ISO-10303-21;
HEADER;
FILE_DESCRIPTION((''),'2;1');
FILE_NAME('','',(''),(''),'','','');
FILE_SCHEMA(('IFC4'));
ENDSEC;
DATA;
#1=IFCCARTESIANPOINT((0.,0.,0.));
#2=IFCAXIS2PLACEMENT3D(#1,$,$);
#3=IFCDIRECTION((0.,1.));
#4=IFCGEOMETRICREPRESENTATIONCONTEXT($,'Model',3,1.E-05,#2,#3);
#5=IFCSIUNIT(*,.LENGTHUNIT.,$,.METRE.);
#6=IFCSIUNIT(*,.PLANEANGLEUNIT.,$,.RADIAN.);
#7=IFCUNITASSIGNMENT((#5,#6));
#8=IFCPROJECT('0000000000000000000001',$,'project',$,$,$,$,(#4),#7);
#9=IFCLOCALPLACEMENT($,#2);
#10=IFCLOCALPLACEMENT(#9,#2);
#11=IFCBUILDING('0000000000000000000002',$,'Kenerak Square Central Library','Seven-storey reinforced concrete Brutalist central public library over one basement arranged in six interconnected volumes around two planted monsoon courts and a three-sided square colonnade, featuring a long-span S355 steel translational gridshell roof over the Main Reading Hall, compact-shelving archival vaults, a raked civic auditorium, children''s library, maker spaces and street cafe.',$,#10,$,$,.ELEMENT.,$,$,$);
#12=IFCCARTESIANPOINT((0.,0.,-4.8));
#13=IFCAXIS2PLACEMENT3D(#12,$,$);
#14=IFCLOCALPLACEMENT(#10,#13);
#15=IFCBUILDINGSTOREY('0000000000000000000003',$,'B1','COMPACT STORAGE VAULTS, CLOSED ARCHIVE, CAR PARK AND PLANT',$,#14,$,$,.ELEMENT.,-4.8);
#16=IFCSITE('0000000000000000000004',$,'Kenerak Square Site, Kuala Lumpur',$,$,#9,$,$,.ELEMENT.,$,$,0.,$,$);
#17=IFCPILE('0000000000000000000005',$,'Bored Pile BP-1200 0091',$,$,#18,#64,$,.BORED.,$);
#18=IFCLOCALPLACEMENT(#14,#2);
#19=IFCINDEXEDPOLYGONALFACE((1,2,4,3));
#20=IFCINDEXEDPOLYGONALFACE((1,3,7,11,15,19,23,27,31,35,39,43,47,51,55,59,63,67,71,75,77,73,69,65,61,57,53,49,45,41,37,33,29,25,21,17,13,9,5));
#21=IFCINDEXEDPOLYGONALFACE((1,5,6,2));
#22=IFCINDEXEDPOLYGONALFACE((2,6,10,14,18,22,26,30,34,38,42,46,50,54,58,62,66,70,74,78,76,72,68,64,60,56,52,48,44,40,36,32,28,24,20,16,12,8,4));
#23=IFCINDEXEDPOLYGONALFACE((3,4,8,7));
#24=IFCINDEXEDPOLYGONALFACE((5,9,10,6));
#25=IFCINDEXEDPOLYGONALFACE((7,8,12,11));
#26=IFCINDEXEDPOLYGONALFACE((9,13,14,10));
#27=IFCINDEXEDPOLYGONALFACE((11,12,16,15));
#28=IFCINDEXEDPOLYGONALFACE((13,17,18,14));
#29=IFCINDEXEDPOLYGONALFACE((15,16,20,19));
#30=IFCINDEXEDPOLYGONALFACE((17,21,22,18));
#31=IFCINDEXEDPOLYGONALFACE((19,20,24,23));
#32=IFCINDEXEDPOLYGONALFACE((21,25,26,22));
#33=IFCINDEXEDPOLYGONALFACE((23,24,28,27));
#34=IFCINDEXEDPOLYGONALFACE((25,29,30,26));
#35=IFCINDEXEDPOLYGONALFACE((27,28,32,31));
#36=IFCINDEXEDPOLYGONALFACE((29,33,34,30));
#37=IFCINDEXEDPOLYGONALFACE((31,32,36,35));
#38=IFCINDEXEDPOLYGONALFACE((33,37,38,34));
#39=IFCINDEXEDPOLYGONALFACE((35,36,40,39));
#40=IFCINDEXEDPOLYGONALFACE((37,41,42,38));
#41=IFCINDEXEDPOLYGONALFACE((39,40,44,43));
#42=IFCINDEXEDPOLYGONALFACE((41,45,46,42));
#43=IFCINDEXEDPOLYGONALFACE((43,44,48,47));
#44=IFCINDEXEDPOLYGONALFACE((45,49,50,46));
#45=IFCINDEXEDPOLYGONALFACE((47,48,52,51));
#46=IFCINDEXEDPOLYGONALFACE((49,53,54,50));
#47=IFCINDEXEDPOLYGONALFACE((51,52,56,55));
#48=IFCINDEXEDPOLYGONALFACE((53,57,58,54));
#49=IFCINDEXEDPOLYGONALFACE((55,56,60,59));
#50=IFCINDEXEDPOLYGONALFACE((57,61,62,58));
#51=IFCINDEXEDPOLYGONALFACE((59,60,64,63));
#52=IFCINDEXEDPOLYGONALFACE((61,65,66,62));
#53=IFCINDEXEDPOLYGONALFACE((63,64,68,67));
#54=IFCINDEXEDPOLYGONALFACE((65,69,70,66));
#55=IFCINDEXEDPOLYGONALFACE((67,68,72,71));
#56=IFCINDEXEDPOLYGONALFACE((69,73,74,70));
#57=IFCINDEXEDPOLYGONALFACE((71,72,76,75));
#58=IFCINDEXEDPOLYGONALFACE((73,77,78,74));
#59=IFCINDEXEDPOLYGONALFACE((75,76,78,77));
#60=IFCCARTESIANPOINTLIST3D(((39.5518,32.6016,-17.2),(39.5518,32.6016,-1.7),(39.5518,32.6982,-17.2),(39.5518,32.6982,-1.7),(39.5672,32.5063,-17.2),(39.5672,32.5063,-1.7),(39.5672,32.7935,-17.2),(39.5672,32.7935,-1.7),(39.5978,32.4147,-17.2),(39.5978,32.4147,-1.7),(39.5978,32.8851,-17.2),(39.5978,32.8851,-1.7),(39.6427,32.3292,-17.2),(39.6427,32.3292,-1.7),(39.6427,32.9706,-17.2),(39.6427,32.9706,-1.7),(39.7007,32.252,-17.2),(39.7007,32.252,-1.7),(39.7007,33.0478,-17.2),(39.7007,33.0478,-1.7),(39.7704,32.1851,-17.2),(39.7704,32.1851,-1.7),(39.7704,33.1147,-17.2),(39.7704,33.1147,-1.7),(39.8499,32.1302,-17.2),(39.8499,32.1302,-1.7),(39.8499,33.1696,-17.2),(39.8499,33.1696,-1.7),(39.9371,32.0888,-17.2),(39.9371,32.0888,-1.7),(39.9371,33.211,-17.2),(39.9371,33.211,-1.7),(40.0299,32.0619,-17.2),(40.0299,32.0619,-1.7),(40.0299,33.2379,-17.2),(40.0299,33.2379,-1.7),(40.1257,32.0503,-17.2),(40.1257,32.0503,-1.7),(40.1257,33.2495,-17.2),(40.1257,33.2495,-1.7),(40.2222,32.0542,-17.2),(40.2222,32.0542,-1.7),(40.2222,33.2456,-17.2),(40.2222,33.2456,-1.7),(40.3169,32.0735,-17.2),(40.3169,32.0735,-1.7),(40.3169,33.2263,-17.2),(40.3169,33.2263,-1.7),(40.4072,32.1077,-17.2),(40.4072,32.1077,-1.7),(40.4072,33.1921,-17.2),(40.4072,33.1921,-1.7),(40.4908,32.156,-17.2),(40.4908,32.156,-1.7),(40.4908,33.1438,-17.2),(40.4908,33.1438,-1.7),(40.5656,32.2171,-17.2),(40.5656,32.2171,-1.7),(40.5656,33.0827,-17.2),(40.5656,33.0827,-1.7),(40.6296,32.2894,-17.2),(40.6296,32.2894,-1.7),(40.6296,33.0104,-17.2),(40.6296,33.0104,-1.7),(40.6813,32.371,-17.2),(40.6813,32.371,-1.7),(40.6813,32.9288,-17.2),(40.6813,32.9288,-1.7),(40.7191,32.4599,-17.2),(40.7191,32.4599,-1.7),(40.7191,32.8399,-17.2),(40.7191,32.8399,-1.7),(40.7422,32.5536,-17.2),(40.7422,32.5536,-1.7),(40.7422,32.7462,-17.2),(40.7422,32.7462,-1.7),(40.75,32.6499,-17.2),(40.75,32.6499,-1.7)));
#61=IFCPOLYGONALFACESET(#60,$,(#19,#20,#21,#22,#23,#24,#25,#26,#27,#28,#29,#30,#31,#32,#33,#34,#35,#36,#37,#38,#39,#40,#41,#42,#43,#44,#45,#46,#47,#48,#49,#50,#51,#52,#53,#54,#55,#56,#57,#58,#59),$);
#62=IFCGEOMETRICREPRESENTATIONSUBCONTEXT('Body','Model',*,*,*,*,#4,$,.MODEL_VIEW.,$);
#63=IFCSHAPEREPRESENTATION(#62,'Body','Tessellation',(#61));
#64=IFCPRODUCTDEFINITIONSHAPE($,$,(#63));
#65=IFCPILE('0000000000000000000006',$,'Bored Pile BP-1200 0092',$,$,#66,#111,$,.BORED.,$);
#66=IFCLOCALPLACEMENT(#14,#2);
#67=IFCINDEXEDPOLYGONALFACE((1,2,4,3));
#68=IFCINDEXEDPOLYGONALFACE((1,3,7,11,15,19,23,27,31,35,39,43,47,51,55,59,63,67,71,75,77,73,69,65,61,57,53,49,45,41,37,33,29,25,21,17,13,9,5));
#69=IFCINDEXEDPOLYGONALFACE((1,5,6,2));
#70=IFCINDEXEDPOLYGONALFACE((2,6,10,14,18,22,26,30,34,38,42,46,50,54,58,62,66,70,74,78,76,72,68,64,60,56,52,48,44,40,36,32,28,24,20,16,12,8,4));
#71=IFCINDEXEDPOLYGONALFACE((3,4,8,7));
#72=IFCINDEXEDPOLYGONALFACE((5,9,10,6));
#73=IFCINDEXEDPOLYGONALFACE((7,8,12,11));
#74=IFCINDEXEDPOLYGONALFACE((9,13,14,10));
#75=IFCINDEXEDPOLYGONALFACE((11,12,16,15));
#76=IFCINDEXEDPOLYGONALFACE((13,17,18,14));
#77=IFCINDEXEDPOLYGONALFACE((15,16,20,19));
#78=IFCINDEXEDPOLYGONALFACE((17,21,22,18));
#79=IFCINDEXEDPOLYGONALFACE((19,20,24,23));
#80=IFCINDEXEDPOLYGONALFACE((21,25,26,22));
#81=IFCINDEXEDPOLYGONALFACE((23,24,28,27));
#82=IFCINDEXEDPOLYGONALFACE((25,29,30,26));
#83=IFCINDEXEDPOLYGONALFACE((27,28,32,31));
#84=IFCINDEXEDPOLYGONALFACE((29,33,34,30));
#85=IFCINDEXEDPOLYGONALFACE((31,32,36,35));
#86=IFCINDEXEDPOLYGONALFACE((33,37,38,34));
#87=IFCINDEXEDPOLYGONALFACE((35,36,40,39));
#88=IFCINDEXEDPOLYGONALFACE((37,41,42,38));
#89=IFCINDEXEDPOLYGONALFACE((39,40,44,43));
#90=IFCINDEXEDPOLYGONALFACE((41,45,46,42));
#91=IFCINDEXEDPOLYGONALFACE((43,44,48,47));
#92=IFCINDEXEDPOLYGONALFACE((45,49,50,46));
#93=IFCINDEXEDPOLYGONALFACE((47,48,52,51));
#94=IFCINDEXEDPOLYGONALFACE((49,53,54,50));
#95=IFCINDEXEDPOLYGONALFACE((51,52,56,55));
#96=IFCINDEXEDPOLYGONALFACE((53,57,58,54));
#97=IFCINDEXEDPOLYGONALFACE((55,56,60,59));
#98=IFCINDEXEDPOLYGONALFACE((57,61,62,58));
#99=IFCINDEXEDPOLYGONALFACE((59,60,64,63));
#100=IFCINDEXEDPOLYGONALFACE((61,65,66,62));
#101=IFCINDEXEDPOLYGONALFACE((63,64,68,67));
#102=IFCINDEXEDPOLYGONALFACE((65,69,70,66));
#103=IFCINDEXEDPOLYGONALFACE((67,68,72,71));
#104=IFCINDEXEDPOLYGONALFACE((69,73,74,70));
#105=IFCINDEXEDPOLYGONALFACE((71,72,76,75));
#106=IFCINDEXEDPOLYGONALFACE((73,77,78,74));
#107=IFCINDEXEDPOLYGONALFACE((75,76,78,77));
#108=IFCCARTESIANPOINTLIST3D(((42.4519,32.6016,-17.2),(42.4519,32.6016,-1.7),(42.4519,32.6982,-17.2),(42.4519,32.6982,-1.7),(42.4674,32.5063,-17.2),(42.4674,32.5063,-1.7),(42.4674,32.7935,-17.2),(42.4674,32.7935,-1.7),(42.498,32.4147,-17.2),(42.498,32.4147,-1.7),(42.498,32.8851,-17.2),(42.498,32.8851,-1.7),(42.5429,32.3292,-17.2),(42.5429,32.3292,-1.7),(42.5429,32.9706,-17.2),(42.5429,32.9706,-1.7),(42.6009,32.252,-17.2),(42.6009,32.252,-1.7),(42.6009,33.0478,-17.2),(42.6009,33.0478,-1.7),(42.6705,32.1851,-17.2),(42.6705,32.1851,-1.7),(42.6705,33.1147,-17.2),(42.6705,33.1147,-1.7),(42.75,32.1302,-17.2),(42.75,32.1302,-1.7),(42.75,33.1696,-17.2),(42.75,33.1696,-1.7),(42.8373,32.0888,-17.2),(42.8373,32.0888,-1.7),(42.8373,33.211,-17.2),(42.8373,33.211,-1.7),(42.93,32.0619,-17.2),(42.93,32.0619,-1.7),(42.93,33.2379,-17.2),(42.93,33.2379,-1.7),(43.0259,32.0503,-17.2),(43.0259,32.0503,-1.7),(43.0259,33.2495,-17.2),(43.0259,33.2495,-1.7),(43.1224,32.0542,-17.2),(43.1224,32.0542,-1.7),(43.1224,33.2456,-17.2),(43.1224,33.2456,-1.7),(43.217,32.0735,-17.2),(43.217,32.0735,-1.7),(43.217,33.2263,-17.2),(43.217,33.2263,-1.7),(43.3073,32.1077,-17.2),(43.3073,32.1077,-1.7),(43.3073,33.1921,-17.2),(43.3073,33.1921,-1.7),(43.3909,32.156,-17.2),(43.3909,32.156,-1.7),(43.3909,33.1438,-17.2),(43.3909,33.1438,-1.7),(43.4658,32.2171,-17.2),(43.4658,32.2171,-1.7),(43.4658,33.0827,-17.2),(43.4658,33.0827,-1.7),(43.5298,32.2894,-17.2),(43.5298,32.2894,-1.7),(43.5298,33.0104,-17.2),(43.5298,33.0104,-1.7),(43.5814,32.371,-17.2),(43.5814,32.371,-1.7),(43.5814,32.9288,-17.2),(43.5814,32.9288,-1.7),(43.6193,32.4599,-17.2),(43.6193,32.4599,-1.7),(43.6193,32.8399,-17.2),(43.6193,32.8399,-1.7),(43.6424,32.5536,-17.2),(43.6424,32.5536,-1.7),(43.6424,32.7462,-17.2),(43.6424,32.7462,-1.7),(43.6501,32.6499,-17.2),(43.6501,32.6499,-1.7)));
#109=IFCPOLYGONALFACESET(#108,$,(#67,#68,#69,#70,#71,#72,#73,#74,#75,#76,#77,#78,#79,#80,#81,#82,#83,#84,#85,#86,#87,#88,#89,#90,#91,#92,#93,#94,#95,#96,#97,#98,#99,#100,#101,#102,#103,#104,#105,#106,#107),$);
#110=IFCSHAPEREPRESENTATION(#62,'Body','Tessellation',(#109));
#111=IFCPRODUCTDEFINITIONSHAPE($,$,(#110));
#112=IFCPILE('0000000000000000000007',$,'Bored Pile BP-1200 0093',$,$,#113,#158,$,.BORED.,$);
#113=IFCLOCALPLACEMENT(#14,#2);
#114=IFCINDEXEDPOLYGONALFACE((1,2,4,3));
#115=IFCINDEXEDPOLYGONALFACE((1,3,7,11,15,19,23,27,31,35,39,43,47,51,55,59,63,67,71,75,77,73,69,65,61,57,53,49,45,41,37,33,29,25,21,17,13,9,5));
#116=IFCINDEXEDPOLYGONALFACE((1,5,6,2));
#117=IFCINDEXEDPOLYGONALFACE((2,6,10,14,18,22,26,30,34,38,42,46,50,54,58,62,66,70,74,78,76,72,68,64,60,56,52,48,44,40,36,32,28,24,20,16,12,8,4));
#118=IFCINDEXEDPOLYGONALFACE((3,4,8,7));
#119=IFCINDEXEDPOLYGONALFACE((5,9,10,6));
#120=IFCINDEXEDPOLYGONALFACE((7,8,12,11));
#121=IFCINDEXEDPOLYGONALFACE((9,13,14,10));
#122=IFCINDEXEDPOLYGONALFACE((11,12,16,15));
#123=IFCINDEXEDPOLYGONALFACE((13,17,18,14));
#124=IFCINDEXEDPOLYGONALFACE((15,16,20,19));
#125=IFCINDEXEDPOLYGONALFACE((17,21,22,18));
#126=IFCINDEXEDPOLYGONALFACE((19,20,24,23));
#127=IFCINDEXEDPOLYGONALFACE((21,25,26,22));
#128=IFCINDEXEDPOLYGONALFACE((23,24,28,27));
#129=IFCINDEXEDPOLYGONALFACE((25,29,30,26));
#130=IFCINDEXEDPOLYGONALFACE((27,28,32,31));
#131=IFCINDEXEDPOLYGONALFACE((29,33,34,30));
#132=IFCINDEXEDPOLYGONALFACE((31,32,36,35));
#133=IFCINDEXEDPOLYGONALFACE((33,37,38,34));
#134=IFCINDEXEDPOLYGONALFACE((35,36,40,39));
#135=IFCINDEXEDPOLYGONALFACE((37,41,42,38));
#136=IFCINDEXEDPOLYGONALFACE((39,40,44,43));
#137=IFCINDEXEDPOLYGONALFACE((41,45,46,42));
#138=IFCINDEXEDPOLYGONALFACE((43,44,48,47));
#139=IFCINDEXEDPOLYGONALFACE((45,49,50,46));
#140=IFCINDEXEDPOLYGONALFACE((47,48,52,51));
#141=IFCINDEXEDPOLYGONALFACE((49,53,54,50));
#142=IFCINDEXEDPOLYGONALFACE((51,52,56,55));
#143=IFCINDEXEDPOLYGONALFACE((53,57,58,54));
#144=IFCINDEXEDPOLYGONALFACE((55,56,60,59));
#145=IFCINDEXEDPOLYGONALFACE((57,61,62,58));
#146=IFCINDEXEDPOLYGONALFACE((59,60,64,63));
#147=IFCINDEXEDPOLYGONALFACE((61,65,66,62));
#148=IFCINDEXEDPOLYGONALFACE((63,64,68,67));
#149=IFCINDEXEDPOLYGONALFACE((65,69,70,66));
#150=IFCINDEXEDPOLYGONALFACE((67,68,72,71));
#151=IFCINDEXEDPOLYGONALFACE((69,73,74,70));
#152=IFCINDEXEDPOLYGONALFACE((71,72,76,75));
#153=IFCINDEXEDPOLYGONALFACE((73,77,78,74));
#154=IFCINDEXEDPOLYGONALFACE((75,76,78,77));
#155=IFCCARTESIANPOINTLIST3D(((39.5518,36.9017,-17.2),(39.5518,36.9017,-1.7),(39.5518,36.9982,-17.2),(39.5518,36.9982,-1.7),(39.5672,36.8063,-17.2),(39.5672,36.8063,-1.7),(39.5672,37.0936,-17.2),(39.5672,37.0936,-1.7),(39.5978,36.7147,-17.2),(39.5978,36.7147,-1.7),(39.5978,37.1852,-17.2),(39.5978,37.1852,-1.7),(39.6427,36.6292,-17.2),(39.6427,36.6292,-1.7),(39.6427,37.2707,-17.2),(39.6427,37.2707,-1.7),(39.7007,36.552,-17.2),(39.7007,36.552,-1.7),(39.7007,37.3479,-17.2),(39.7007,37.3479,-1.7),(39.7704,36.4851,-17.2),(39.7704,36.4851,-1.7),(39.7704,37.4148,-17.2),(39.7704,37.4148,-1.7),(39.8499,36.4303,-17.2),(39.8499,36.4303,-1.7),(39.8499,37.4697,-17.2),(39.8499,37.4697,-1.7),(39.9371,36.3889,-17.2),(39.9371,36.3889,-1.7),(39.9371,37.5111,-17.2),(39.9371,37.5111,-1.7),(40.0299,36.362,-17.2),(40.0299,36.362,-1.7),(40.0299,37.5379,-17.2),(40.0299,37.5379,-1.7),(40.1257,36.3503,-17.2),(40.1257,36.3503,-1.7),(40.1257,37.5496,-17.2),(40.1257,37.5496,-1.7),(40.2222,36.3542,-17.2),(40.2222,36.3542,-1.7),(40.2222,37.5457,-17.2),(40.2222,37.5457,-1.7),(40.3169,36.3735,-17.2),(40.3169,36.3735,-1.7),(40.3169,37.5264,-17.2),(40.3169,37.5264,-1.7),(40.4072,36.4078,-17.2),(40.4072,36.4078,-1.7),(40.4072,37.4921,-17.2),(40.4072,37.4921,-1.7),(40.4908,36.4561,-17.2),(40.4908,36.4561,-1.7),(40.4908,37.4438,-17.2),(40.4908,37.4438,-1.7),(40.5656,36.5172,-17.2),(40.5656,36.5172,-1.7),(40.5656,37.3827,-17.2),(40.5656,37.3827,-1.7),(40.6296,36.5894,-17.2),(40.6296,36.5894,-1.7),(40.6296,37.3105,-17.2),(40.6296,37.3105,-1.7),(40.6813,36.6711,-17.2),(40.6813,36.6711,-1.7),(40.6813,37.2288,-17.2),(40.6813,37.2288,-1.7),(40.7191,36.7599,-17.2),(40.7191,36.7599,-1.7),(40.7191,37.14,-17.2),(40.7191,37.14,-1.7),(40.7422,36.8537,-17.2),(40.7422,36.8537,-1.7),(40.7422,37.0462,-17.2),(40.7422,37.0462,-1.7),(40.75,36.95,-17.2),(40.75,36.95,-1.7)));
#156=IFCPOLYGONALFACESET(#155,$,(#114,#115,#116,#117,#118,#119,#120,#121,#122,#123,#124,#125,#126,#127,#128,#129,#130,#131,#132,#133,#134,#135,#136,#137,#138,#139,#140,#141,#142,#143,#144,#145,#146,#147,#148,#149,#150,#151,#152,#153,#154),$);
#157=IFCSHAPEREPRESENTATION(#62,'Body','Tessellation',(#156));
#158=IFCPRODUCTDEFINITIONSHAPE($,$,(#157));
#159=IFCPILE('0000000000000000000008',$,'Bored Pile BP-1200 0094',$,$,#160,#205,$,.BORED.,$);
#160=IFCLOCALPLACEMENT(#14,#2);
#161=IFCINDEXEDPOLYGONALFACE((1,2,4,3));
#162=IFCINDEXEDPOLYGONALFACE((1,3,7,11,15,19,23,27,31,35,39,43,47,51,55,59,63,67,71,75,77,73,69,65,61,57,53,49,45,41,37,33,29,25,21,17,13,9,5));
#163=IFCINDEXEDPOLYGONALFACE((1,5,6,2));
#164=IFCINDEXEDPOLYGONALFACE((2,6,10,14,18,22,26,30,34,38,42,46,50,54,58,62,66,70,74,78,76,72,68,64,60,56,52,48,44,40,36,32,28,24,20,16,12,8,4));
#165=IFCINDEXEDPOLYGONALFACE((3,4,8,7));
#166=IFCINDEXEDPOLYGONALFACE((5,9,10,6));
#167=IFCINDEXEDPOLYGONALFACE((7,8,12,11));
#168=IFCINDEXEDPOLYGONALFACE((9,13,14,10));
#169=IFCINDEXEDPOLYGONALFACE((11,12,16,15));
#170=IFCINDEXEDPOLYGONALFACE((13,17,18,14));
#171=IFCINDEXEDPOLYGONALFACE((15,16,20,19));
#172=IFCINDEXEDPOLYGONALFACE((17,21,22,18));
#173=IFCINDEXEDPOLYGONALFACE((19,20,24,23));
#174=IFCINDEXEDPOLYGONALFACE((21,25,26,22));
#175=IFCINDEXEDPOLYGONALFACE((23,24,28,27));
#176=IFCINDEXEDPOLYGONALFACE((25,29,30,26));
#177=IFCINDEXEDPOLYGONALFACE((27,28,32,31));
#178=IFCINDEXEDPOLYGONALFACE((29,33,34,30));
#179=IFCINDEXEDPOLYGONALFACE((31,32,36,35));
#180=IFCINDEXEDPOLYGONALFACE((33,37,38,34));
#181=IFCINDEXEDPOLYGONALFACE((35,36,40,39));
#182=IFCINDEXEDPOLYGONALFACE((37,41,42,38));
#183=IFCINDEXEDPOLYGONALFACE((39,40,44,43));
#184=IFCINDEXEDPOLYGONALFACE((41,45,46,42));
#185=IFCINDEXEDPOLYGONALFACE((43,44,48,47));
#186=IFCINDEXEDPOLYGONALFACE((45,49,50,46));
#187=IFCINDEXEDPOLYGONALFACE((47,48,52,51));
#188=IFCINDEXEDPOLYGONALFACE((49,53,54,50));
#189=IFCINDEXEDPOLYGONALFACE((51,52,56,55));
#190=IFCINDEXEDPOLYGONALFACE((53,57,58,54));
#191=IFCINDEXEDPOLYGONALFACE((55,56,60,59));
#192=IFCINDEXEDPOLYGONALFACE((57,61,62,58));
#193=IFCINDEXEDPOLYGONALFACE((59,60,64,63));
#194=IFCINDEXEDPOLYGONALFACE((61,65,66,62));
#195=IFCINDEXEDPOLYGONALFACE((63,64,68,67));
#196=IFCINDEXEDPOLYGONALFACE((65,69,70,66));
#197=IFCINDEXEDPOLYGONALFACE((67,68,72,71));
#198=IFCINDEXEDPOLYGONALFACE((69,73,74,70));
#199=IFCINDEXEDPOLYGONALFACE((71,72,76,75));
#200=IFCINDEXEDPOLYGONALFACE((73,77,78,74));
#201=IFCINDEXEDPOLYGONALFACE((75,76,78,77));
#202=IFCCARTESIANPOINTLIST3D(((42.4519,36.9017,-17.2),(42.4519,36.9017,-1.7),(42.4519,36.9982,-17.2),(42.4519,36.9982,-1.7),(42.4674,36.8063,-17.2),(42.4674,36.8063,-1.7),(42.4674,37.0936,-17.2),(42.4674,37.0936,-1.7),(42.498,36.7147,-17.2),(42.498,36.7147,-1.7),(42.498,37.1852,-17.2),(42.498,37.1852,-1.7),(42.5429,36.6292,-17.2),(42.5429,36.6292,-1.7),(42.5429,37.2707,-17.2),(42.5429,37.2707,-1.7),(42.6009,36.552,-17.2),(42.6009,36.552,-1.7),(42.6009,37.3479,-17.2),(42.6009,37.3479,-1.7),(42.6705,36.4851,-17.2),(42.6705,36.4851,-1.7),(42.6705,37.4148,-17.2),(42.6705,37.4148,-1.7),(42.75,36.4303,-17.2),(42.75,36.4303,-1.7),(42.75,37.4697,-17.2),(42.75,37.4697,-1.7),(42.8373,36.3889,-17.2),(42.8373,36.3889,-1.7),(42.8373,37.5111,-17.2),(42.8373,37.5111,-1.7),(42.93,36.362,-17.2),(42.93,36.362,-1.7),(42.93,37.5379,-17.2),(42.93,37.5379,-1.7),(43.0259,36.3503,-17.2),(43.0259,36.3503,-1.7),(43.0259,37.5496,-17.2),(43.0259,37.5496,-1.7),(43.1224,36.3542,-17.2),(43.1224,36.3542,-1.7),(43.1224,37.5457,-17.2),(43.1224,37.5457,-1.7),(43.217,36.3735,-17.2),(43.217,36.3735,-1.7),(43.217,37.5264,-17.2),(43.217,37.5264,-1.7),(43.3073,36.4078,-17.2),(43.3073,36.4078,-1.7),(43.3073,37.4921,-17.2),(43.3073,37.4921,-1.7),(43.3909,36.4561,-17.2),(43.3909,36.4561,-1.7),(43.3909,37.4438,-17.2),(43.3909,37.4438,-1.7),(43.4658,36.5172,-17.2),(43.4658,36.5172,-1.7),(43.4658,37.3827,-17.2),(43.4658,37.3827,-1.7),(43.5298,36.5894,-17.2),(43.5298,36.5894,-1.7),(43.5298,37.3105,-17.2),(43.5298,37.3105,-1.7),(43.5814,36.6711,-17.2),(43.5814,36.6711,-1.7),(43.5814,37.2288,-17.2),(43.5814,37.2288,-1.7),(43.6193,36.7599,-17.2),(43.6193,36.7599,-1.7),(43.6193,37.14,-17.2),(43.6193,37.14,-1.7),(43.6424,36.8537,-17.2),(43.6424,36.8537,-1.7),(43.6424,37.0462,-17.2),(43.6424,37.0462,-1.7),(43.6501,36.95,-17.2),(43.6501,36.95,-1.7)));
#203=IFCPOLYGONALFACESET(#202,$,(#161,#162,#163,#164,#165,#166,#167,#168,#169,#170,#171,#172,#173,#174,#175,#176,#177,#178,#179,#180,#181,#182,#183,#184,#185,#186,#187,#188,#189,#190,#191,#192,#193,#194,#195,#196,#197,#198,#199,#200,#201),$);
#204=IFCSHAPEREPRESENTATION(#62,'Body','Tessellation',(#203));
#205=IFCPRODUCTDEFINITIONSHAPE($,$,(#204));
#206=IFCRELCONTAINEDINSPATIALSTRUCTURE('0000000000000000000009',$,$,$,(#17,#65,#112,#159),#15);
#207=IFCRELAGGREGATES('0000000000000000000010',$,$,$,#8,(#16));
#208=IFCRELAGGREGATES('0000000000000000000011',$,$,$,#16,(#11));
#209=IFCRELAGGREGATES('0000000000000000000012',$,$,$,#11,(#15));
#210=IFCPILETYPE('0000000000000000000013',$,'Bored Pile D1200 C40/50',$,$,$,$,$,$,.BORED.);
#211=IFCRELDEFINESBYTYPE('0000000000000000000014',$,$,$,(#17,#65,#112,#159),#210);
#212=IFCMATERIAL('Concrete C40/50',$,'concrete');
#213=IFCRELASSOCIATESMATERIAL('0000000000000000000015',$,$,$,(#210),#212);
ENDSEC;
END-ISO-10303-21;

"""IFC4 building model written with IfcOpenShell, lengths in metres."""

from ifc_helpers import new_model, si_unit, direction, frame, origin, origin_2d, place, context, subcontext, project, spatial, circle, extrude, material, material_profile, profile_set, type_object, element, save


model = new_model("IFC4")

# Units and contexts
model_context = context("Model", 3, precision=1e-05, world=origin(), true_north=direction((0.0, 1.0)))
body_context = subcontext(model_context, "Body", "Model", "MODEL_VIEW")
ifc_project = project(units=[si_unit("LENGTHUNIT", "METRE"), si_unit("PLANEANGLEUNIT", "RADIAN")], contexts=[model_context])

# Site, building, storey
site_placement = place(None, origin())
site = spatial("IfcSite", under=ifc_project, at=site_placement, Name="Kenerak Square Site, Kuala Lumpur", CompositionType="ELEMENT", RefElevation=0.0)
building_placement = place(site_placement, origin())
building = spatial("IfcBuilding", under=site, at=building_placement, Name="Kenerak Square Central Library", Description="Seven-storey reinforced concrete Brutalist central public library over one basement arranged in six interconnected volumes around two planted monsoon courts and a three-sided square colonnade, featuring a long-span S355 steel translational gridshell roof over the Main Reading Hall, compact-shelving archival vaults, a raked civic auditorium, children's library, maker spaces and street cafe.", CompositionType="ELEMENT")
storey_placement = place(building_placement, frame((0.0, 0.0, -4.8)))
storey = spatial("IfcBuildingStorey", under=building, at=storey_placement, Name="B1", Description="COMPACT STORAGE VAULTS, CLOSED ARCHIVE, CAR PARK AND PLANT", CompositionType="ELEMENT", Elevation=-4.8)

# Piles
ifc_material_1 = material(Name="Concrete C40/50", Category="concrete")
ifc_material_profile_1 = material_profile(ifc_material_1, circle(Radius=0.6001, at=origin_2d()), Name="BP D1200")
ifc_profile_set_1 = profile_set([ifc_material_profile_1], Name="Concrete C40/50")
pile_type_1 = type_object("IfcPileType", Name="Bored Pile D1200 C40/50", PredefinedType="BORED", material=ifc_profile_set_1)
for number, where, z_axis, x_axis, name in (
    (1, (40.1499, 32.6499, -1.7), (0.0, 0.0, -1.0), (1.0, 0.0, 0.0), "Bored Pile BP-1200 0091"),
    (2, (43.05, 32.6499, -1.7), (0.0, 0.0, -1.0), (1.0, 0.0, 0.0), "Bored Pile BP-1200 0092"),
    (3, (40.1499, 36.95, -1.7), (0.0, 0.0, -1.0), (1.0, 0.0, 0.0), "Bored Pile BP-1200 0093"),
    (4, (43.05, 36.95, -1.7), (0.0, 0.0, -1.0), (1.0, 0.0, 0.0), "Bored Pile BP-1200 0094"),
):
    element("IfcPile", number, at=place(storey_placement, frame(where, z_axis=z_axis, x_axis=x_axis)), inside=storey, type_object=pile_type_1, Name=name, PredefinedType="BORED", context=body_context, shape_type="SweptSolid", body=[
        extrude(circle(Radius=0.6001, at=origin_2d()), origin(), (0.0, 0.0, 1.0), 15.5),
    ])

save(model, "model.ifc")
